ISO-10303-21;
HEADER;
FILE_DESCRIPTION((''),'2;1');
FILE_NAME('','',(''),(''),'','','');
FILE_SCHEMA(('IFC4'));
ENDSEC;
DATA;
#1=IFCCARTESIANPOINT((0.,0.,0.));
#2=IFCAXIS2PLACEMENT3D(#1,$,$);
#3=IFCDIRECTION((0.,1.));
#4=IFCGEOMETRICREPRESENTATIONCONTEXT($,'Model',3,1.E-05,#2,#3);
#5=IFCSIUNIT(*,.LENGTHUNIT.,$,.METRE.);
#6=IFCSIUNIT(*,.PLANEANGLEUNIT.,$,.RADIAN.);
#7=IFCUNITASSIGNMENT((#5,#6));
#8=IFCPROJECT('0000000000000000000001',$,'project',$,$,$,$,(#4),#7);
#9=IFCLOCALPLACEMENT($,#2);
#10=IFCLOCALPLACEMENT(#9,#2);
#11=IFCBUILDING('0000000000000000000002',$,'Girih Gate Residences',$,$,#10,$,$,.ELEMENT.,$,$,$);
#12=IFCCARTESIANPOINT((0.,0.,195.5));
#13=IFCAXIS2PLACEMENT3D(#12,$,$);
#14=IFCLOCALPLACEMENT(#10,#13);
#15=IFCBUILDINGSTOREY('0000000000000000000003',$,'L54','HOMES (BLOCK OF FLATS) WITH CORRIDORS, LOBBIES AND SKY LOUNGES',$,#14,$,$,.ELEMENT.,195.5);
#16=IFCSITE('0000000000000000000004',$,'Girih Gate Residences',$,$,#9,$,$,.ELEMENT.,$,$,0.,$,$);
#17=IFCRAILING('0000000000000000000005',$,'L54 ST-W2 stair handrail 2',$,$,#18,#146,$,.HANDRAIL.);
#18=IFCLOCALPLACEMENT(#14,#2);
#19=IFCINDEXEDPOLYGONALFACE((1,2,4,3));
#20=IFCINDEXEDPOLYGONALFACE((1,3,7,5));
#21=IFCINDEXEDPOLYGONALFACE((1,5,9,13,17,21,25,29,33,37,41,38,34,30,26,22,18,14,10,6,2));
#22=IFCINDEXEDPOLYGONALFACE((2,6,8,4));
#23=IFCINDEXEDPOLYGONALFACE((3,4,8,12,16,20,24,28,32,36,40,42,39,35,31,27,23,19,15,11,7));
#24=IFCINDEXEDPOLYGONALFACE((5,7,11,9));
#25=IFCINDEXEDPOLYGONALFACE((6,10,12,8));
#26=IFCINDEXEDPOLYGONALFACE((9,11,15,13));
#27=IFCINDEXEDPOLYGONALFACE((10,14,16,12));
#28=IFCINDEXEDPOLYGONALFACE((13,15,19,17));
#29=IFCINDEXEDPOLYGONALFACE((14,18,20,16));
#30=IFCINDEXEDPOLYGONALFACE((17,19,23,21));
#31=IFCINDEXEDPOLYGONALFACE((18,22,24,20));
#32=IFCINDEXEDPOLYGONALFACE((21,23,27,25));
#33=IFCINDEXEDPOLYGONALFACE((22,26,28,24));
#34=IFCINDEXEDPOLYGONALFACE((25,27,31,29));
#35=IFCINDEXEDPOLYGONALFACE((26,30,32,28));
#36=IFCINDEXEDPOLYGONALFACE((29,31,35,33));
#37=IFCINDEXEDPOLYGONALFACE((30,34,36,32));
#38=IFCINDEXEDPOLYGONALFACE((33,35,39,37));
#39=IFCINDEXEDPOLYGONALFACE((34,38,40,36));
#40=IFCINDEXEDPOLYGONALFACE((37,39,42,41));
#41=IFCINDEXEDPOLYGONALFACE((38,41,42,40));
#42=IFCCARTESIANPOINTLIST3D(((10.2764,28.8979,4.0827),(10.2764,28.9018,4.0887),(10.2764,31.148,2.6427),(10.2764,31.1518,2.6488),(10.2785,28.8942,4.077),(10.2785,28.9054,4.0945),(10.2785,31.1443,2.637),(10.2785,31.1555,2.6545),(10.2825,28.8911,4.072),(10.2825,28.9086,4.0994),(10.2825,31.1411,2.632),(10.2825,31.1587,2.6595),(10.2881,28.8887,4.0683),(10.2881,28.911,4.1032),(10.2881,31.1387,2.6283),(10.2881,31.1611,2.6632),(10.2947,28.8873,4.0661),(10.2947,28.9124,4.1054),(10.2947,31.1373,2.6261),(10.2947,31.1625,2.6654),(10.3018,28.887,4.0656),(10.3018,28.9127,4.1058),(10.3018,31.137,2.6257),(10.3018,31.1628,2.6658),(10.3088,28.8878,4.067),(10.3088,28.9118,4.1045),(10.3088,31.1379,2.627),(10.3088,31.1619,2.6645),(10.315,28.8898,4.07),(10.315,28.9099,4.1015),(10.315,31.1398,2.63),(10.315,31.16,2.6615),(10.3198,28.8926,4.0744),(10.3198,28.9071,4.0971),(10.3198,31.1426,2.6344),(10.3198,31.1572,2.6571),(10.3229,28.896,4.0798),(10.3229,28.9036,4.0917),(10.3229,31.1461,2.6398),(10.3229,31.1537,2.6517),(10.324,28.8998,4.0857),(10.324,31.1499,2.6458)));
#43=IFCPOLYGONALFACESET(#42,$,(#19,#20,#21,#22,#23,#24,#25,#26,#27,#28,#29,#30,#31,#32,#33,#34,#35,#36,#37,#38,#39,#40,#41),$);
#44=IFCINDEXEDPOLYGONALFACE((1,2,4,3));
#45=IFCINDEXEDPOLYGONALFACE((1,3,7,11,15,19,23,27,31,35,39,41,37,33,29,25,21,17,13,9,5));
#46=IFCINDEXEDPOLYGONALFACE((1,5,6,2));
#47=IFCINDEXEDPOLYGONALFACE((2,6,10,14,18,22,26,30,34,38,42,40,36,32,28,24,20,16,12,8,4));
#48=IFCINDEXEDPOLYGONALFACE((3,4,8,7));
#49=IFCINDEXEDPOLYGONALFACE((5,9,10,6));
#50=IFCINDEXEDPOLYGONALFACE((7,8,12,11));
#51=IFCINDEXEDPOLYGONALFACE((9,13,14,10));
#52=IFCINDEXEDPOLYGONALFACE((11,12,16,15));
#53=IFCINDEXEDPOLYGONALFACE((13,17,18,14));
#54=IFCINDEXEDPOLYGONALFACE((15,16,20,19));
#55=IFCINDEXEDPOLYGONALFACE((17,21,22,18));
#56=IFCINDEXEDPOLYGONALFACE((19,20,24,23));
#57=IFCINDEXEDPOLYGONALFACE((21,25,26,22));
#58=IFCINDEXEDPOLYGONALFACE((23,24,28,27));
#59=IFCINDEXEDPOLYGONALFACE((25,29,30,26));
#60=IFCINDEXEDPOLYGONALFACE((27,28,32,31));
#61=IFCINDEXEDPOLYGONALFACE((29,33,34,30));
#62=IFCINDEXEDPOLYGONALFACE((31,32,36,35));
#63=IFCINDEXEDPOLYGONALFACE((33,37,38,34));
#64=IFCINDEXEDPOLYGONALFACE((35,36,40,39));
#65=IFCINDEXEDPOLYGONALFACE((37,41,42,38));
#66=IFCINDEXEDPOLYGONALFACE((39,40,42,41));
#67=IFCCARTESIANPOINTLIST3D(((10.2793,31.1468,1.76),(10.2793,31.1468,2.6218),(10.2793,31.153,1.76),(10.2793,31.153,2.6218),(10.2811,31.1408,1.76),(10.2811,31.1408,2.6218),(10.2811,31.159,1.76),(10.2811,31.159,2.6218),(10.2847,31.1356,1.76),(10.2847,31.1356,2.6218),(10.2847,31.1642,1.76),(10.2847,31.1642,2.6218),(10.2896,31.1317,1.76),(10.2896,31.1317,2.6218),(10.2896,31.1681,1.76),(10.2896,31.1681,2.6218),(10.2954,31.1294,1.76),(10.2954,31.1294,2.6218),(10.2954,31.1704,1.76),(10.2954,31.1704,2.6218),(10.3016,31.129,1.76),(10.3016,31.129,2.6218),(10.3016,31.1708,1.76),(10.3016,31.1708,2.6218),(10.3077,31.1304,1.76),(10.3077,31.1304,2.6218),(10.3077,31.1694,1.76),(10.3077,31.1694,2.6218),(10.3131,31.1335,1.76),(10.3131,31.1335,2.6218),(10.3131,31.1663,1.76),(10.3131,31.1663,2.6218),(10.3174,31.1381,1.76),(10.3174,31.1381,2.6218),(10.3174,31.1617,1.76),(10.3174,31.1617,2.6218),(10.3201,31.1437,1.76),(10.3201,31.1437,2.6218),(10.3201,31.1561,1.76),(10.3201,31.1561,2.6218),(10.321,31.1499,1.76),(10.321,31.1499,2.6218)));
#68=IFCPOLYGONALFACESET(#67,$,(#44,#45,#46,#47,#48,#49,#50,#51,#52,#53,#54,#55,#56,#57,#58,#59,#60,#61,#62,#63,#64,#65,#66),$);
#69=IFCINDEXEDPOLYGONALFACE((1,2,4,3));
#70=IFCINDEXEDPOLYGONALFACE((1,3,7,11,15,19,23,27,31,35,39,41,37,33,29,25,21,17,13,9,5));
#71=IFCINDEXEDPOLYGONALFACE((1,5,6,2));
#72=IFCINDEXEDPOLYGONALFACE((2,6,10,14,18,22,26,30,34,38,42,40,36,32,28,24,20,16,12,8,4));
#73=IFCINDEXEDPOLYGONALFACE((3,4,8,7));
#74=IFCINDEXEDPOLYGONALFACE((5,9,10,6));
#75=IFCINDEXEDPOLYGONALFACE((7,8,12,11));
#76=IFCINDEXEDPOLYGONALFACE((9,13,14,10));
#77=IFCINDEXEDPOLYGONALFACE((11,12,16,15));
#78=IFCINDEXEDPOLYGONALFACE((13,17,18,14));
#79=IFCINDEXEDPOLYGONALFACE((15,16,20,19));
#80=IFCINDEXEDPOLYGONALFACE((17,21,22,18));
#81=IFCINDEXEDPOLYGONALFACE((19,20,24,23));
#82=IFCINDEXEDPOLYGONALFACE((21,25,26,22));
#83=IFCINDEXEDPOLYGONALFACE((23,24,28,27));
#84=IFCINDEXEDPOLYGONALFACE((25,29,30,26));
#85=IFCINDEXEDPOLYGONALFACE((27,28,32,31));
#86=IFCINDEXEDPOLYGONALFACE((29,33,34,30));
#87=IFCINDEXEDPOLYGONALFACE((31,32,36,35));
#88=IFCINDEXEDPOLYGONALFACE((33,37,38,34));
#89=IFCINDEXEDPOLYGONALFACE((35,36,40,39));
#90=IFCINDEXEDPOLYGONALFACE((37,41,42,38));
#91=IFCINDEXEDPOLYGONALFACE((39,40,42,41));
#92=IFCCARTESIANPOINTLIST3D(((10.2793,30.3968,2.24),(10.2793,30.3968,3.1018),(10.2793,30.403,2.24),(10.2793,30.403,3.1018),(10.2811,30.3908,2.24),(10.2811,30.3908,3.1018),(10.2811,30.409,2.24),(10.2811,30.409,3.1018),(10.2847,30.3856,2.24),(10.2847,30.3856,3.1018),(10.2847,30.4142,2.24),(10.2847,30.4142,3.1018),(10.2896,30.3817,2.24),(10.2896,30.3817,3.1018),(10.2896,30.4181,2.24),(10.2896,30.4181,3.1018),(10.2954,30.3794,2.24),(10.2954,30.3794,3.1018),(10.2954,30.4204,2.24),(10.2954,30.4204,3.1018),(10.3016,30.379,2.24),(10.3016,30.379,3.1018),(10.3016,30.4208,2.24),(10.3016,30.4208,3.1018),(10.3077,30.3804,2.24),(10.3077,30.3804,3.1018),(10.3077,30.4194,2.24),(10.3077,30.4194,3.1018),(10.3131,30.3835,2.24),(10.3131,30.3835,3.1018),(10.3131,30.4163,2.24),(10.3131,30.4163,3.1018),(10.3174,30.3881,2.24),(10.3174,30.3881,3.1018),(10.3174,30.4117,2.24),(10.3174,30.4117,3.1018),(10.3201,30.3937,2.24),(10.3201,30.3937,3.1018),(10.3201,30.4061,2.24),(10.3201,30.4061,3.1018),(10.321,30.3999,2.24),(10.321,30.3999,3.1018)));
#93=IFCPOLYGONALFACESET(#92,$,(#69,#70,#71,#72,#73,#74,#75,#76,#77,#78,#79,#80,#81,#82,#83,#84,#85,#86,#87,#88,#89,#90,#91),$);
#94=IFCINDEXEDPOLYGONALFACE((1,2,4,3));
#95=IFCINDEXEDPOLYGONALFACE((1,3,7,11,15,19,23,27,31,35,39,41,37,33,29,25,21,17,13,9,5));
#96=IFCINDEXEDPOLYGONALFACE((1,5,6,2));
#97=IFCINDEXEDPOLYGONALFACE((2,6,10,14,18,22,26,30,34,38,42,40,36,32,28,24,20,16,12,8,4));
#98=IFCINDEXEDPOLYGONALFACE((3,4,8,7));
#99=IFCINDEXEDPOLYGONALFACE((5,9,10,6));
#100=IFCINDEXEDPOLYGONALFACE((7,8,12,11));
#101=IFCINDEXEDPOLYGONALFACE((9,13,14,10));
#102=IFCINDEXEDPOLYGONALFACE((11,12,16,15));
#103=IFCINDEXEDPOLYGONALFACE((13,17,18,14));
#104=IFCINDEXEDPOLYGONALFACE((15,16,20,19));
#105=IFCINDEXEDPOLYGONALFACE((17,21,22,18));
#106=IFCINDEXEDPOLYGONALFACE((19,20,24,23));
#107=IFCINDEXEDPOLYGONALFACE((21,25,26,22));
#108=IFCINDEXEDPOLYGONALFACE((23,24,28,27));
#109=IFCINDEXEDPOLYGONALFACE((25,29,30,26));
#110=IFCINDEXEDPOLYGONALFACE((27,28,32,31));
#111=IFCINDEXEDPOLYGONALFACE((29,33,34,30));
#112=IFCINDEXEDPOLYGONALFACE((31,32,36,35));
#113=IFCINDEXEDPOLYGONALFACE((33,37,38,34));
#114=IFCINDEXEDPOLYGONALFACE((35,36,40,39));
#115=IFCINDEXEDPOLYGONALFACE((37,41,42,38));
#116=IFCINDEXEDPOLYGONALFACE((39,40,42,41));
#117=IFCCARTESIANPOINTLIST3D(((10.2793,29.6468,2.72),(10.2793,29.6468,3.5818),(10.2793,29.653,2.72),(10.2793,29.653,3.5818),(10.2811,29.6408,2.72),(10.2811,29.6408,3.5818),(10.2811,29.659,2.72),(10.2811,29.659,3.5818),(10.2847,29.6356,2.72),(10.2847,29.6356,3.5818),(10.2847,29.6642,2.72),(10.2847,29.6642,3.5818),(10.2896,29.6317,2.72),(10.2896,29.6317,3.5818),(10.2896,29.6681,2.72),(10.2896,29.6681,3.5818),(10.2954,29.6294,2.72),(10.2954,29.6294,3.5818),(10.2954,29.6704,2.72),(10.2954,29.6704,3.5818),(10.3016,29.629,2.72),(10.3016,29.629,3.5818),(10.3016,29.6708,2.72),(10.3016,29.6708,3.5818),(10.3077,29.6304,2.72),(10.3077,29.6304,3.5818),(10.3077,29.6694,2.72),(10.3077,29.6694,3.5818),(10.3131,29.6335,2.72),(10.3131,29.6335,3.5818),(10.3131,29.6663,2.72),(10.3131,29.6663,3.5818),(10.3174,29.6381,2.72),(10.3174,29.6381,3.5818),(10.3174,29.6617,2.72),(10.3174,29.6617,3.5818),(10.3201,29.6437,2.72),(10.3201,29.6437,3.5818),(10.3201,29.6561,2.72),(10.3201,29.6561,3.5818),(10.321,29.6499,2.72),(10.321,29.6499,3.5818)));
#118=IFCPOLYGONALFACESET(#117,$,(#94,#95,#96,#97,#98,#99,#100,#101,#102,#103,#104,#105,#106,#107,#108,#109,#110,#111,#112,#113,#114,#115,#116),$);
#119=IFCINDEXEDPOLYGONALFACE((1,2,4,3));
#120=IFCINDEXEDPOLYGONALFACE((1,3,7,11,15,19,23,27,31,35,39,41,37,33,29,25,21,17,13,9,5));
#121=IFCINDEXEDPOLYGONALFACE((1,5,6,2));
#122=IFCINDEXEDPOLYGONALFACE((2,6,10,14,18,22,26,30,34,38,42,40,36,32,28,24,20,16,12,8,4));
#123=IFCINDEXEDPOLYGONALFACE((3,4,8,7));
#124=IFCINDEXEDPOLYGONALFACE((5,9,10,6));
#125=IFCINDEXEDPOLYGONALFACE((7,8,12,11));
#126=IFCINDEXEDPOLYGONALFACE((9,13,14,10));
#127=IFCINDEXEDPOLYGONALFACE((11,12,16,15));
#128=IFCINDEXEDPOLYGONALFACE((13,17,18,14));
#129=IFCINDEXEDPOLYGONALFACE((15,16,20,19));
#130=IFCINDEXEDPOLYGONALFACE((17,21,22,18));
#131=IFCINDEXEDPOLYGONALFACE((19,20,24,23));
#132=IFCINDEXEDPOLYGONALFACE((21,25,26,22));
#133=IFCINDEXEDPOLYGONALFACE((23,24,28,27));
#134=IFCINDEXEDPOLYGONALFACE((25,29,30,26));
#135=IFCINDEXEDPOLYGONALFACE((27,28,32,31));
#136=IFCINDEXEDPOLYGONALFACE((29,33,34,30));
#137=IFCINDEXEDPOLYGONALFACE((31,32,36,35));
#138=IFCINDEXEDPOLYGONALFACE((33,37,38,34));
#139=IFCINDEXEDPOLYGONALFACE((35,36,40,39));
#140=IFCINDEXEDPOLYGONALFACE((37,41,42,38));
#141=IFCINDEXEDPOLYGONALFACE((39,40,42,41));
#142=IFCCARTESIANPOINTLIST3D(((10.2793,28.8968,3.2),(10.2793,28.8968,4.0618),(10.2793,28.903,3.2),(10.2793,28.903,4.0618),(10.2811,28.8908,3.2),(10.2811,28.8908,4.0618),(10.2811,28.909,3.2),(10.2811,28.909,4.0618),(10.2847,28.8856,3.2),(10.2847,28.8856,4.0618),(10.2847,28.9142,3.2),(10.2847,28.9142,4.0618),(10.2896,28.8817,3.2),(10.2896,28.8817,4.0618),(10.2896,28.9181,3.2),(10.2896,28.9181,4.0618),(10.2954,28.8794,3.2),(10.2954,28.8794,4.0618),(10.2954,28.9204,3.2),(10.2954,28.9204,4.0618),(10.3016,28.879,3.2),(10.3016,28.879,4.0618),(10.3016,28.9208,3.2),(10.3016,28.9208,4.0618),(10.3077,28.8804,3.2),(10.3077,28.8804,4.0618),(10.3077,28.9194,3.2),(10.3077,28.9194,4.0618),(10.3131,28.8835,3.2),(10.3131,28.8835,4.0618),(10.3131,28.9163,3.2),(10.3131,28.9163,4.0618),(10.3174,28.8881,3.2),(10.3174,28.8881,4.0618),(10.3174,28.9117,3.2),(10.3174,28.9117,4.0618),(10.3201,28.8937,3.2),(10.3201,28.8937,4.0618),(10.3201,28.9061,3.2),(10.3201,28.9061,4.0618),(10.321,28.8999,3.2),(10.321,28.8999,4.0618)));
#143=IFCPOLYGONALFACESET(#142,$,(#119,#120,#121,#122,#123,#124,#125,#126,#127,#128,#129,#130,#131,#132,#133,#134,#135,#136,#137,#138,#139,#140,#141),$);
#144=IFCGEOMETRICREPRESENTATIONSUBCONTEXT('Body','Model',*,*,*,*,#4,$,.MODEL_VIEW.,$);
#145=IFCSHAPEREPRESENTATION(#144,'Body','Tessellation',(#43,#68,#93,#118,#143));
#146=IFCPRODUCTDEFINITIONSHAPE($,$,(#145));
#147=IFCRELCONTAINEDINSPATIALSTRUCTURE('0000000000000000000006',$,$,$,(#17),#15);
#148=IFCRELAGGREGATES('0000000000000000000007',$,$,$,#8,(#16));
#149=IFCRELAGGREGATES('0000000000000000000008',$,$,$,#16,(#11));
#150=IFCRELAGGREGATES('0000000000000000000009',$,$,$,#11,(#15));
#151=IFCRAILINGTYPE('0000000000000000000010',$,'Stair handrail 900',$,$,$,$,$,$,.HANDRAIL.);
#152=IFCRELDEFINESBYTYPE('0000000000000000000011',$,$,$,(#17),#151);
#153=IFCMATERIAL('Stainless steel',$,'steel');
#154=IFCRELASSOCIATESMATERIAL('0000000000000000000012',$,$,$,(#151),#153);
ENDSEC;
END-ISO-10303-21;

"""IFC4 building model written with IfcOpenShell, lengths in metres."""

from ifc_helpers import new_model, si_unit, direction, frame, origin, origin_2d, place, context, subcontext, project, spatial, circle, extrude, material, type_object, element, save


model = new_model("IFC4")

# Units and contexts
model_context = context("Model", 3, precision=1e-05, world=origin(), true_north=direction((0.0, 1.0)))
body_context = subcontext(model_context, "Body", "Model", "MODEL_VIEW")
ifc_project = project(units=[si_unit("LENGTHUNIT", "METRE"), si_unit("PLANEANGLEUNIT", "RADIAN")], contexts=[model_context])

# Site, building, storey
site_placement = place(None, origin())
site = spatial("IfcSite", under=ifc_project, at=site_placement, Name="Girih Gate Residences", CompositionType="ELEMENT", RefElevation=0.0)
building_placement = place(site_placement, origin())
building = spatial("IfcBuilding", under=site, at=building_placement, Name="Girih Gate Residences", CompositionType="ELEMENT")
storey_placement = place(building_placement, frame((0.0, 0.0, 195.5)))
storey = spatial("IfcBuildingStorey", under=building, at=storey_placement, Name="L54", Description="HOMES (BLOCK OF FLATS) WITH CORRIDORS, LOBBIES AND SKY LOUNGES", CompositionType="ELEMENT", Elevation=195.5)

# Shared definitions
ifc_material_1 = material(Name="Stainless steel", Category="steel")

# Railing
railing_type_1 = type_object("IfcRailingType", Name="Stair handrail 900", PredefinedType="HANDRAIL", material=ifc_material_1)
railing_placement = place(storey_placement, frame((10.3, 31.1499, 1.76)))
element("IfcRailing", 1, at=railing_placement, inside=storey, type_object=railing_type_1, Name="L54 ST-W2 stair handrail 2", PredefinedType="HANDRAIL", context=body_context, shape_type="SweptSolid", body=[
    extrude(circle(Radius=0.0239, at=origin_2d()), frame((0.0, 0.0, 0.8857), z_axis=(0.0, -0.842281, 0.539038), x_axis=(1.0, 0.0, 0.0)), (0.0, 0.0, 1.0), 2.6714),
    extrude(circle(Radius=0.021, at=origin_2d()), origin(), (0.0, 0.0, 1.0), 0.8618),
    extrude(circle(Radius=0.021, at=origin_2d()), frame((0.0, -0.75, 0.48)), (0.0, 0.0, 1.0), 0.8618),
    extrude(circle(Radius=0.021, at=origin_2d()), frame((0.0, -1.5, 0.96)), (0.0, 0.0, 1.0), 0.8618),
    extrude(circle(Radius=0.021, at=origin_2d()), frame((0.0, -2.25, 1.4399)), (0.0, 0.0, 1.0), 0.8618),
])

save(model, "model.ifc")
